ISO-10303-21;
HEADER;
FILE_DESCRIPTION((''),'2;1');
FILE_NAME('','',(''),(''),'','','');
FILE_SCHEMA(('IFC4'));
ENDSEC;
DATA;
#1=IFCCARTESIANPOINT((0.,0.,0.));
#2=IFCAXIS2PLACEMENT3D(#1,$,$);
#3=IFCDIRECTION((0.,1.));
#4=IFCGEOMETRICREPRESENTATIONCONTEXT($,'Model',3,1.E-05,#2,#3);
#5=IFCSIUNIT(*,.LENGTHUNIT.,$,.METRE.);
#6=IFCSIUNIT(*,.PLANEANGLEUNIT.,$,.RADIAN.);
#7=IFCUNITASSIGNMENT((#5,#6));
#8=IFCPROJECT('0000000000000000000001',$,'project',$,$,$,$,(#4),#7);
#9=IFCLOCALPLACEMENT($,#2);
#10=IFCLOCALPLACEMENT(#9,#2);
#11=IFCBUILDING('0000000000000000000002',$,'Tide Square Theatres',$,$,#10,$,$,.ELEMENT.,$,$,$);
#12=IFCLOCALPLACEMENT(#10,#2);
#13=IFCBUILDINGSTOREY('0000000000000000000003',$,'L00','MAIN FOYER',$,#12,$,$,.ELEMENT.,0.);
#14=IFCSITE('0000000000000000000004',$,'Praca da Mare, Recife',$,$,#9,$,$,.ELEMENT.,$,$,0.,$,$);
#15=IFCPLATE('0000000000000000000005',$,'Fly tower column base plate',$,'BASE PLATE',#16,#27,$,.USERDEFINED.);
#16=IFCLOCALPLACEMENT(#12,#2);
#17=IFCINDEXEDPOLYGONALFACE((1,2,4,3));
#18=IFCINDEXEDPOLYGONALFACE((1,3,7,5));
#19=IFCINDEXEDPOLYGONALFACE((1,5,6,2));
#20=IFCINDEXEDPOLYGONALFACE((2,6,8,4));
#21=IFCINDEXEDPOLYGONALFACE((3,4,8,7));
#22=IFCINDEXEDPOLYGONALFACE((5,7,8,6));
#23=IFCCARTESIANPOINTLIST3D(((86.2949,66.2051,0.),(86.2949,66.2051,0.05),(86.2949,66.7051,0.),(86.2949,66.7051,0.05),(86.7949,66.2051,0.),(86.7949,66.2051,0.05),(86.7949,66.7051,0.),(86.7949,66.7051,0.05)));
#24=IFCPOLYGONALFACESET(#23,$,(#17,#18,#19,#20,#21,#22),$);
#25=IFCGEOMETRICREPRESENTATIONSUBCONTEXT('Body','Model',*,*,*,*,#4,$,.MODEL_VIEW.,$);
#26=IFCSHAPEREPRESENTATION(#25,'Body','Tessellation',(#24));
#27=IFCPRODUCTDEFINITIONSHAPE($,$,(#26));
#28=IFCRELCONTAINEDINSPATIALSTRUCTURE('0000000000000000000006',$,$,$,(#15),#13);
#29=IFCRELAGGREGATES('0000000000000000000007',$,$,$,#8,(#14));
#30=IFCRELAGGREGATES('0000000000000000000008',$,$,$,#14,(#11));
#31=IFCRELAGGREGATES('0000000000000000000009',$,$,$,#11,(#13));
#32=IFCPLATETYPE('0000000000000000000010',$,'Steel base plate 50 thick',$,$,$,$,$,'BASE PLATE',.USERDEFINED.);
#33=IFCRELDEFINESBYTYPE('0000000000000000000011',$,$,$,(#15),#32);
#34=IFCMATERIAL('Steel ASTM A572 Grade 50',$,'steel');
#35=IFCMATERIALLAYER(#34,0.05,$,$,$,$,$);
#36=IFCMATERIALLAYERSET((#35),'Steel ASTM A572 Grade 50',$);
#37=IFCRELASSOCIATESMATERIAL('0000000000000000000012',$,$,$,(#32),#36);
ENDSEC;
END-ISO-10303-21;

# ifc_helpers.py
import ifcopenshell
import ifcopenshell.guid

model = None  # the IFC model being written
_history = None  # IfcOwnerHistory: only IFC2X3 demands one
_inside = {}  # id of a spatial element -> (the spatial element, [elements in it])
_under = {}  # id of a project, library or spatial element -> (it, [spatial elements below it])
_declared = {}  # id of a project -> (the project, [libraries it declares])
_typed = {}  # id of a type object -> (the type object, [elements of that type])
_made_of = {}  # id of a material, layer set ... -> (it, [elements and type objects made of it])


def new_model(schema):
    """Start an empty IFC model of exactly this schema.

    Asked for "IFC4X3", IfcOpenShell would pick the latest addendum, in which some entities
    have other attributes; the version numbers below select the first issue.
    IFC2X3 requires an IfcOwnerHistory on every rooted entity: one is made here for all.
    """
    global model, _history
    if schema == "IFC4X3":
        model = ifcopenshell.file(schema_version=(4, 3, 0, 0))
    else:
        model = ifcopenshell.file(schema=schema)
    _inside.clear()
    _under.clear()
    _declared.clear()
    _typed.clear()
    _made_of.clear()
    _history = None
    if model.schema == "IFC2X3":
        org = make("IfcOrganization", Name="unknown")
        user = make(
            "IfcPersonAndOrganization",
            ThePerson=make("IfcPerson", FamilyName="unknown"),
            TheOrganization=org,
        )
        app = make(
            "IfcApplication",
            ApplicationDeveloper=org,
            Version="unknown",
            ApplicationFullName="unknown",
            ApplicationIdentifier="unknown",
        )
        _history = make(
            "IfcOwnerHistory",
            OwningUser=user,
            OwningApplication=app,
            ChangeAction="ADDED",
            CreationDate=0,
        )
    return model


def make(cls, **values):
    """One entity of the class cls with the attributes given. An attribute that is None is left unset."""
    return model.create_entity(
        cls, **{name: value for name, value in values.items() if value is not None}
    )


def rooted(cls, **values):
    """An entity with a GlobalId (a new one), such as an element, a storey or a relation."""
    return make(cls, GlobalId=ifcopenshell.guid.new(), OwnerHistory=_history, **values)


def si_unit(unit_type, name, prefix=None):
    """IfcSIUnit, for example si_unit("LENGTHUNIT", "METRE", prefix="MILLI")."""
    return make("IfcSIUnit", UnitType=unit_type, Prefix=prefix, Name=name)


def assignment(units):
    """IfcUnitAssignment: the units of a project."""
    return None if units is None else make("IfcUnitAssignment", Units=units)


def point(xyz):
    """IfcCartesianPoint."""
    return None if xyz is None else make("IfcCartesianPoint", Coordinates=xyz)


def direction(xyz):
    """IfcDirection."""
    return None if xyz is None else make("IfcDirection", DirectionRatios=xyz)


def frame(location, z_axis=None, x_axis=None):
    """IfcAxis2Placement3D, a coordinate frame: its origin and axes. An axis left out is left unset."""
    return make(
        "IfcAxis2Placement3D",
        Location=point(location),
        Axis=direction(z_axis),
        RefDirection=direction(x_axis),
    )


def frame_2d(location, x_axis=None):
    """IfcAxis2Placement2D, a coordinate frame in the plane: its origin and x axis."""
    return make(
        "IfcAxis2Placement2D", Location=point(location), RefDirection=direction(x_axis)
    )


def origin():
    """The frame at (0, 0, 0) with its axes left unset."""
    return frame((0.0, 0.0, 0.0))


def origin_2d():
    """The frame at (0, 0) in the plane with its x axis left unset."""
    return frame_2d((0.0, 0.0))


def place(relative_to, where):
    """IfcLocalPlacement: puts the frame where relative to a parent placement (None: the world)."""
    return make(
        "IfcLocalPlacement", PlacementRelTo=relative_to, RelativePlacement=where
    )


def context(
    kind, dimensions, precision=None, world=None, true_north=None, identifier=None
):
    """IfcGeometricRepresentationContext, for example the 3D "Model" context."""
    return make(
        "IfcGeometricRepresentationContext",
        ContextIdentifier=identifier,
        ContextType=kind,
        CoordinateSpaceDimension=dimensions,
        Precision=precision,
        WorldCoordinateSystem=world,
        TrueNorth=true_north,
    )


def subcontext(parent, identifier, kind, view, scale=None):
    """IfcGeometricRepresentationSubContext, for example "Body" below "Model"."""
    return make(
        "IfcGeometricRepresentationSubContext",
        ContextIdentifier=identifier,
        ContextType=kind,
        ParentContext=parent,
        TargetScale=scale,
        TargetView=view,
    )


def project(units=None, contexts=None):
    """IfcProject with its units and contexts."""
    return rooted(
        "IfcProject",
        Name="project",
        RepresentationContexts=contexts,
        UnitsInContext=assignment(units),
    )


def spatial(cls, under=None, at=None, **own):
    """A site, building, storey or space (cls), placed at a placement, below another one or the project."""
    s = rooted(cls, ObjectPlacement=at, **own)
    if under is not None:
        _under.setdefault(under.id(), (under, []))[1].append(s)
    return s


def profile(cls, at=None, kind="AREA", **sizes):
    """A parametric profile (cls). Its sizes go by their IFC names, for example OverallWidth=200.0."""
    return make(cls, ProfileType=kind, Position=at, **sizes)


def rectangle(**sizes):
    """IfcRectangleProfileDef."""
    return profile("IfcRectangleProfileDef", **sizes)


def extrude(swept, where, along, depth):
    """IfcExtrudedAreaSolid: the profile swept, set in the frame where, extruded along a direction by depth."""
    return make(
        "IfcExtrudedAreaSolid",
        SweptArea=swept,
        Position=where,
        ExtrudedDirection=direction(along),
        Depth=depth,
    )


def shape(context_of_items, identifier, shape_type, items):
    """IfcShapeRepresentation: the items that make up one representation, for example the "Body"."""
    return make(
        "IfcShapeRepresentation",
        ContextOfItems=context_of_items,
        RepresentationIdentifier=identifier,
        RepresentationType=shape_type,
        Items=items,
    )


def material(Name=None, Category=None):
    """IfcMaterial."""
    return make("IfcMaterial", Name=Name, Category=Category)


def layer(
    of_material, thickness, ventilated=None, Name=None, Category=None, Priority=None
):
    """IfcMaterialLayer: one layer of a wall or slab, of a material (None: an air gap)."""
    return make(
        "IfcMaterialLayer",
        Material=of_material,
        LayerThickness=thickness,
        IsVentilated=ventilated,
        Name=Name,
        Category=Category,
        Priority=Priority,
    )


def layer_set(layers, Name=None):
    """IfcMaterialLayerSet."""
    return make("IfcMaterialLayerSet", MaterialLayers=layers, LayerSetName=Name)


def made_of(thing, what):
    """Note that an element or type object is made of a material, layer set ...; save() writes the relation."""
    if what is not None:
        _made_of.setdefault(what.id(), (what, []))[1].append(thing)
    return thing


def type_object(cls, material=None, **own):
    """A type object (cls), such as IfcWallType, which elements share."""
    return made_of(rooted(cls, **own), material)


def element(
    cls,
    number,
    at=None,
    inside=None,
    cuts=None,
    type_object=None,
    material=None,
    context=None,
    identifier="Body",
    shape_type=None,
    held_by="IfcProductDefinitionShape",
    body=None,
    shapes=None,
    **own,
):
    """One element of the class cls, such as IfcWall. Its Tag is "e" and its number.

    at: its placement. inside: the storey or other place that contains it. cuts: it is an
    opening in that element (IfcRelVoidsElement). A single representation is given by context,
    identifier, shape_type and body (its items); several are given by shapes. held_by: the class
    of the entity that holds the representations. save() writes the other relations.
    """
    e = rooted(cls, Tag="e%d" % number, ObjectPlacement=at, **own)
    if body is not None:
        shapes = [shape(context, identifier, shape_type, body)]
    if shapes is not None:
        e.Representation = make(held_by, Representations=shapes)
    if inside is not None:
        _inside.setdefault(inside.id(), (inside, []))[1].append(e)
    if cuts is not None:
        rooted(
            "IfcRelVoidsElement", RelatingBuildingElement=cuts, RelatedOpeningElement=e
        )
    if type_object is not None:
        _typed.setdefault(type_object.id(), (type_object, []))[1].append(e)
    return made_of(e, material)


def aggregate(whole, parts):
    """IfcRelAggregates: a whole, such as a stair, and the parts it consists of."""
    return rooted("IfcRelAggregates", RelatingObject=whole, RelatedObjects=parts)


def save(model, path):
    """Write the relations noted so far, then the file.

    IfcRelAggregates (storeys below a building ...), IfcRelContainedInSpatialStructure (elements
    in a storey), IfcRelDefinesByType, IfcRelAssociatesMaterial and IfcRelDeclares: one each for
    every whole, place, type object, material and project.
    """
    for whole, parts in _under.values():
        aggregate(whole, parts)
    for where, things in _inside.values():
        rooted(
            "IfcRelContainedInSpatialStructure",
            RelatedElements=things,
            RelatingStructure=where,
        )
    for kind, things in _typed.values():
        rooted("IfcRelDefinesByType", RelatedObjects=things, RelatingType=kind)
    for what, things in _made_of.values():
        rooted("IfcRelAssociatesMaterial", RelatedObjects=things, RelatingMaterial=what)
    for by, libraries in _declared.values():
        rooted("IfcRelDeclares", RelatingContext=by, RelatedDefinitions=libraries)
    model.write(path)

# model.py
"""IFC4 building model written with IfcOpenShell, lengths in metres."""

from ifc_helpers import new_model, si_unit, direction, frame, origin, origin_2d, place, context, subcontext, project, spatial, rectangle, extrude, material, layer, layer_set, type_object, element, save


model = new_model("IFC4")

# Units and contexts
model_context = context("Model", 3, precision=1e-05, world=origin(), true_north=direction((0.0, 1.0)))
body_context = subcontext(model_context, "Body", "Model", "MODEL_VIEW")
ifc_project = project(units=[si_unit("LENGTHUNIT", "METRE"), si_unit("PLANEANGLEUNIT", "RADIAN")], contexts=[model_context])

# Site, building, storey
site_placement = place(None, origin())
site = spatial("IfcSite", under=ifc_project, at=site_placement, Name="Praca da Mare, Recife", CompositionType="ELEMENT", RefElevation=0.0)
building_placement = place(site_placement, origin())
building = spatial("IfcBuilding", under=site, at=building_placement, Name="Tide Square Theatres", CompositionType="ELEMENT")
storey_placement = place(building_placement, origin())
storey = spatial("IfcBuildingStorey", under=building, at=storey_placement, Name="L00", Description="MAIN FOYER", CompositionType="ELEMENT", Elevation=0.0)

# Plate
ifc_material_1 = material(Name="Steel ASTM A572 Grade 50", Category="steel")
ifc_layer = layer(ifc_material_1, 0.05)
ifc_layer_set = layer_set([ifc_layer], Name="Steel ASTM A572 Grade 50")
plate_type = type_object("IfcPlateType", Name="Steel base plate 50 thick", ElementType="BASE PLATE", PredefinedType="USERDEFINED", material=ifc_layer_set)
for number, where, z_axis, x_axis, name in (
    (1, (86.5449, 66.4551, 0.0), (0.0, 0.0, 1.0), (1.0, 0.0, 0.0), "Fly tower column base plate"),
):
    element("IfcPlate", number, at=place(storey_placement, frame(where, z_axis=z_axis, x_axis=x_axis)), inside=storey, type_object=plate_type, Name=name, ObjectType="BASE PLATE", PredefinedType="USERDEFINED", context=body_context, shape_type="SweptSolid", body=[
        extrude(rectangle(XDim=0.5, YDim=0.5, at=origin_2d()), origin(), (0.0, 0.0, 1.0), 0.05),
    ])

save(model, "model.ifc")
